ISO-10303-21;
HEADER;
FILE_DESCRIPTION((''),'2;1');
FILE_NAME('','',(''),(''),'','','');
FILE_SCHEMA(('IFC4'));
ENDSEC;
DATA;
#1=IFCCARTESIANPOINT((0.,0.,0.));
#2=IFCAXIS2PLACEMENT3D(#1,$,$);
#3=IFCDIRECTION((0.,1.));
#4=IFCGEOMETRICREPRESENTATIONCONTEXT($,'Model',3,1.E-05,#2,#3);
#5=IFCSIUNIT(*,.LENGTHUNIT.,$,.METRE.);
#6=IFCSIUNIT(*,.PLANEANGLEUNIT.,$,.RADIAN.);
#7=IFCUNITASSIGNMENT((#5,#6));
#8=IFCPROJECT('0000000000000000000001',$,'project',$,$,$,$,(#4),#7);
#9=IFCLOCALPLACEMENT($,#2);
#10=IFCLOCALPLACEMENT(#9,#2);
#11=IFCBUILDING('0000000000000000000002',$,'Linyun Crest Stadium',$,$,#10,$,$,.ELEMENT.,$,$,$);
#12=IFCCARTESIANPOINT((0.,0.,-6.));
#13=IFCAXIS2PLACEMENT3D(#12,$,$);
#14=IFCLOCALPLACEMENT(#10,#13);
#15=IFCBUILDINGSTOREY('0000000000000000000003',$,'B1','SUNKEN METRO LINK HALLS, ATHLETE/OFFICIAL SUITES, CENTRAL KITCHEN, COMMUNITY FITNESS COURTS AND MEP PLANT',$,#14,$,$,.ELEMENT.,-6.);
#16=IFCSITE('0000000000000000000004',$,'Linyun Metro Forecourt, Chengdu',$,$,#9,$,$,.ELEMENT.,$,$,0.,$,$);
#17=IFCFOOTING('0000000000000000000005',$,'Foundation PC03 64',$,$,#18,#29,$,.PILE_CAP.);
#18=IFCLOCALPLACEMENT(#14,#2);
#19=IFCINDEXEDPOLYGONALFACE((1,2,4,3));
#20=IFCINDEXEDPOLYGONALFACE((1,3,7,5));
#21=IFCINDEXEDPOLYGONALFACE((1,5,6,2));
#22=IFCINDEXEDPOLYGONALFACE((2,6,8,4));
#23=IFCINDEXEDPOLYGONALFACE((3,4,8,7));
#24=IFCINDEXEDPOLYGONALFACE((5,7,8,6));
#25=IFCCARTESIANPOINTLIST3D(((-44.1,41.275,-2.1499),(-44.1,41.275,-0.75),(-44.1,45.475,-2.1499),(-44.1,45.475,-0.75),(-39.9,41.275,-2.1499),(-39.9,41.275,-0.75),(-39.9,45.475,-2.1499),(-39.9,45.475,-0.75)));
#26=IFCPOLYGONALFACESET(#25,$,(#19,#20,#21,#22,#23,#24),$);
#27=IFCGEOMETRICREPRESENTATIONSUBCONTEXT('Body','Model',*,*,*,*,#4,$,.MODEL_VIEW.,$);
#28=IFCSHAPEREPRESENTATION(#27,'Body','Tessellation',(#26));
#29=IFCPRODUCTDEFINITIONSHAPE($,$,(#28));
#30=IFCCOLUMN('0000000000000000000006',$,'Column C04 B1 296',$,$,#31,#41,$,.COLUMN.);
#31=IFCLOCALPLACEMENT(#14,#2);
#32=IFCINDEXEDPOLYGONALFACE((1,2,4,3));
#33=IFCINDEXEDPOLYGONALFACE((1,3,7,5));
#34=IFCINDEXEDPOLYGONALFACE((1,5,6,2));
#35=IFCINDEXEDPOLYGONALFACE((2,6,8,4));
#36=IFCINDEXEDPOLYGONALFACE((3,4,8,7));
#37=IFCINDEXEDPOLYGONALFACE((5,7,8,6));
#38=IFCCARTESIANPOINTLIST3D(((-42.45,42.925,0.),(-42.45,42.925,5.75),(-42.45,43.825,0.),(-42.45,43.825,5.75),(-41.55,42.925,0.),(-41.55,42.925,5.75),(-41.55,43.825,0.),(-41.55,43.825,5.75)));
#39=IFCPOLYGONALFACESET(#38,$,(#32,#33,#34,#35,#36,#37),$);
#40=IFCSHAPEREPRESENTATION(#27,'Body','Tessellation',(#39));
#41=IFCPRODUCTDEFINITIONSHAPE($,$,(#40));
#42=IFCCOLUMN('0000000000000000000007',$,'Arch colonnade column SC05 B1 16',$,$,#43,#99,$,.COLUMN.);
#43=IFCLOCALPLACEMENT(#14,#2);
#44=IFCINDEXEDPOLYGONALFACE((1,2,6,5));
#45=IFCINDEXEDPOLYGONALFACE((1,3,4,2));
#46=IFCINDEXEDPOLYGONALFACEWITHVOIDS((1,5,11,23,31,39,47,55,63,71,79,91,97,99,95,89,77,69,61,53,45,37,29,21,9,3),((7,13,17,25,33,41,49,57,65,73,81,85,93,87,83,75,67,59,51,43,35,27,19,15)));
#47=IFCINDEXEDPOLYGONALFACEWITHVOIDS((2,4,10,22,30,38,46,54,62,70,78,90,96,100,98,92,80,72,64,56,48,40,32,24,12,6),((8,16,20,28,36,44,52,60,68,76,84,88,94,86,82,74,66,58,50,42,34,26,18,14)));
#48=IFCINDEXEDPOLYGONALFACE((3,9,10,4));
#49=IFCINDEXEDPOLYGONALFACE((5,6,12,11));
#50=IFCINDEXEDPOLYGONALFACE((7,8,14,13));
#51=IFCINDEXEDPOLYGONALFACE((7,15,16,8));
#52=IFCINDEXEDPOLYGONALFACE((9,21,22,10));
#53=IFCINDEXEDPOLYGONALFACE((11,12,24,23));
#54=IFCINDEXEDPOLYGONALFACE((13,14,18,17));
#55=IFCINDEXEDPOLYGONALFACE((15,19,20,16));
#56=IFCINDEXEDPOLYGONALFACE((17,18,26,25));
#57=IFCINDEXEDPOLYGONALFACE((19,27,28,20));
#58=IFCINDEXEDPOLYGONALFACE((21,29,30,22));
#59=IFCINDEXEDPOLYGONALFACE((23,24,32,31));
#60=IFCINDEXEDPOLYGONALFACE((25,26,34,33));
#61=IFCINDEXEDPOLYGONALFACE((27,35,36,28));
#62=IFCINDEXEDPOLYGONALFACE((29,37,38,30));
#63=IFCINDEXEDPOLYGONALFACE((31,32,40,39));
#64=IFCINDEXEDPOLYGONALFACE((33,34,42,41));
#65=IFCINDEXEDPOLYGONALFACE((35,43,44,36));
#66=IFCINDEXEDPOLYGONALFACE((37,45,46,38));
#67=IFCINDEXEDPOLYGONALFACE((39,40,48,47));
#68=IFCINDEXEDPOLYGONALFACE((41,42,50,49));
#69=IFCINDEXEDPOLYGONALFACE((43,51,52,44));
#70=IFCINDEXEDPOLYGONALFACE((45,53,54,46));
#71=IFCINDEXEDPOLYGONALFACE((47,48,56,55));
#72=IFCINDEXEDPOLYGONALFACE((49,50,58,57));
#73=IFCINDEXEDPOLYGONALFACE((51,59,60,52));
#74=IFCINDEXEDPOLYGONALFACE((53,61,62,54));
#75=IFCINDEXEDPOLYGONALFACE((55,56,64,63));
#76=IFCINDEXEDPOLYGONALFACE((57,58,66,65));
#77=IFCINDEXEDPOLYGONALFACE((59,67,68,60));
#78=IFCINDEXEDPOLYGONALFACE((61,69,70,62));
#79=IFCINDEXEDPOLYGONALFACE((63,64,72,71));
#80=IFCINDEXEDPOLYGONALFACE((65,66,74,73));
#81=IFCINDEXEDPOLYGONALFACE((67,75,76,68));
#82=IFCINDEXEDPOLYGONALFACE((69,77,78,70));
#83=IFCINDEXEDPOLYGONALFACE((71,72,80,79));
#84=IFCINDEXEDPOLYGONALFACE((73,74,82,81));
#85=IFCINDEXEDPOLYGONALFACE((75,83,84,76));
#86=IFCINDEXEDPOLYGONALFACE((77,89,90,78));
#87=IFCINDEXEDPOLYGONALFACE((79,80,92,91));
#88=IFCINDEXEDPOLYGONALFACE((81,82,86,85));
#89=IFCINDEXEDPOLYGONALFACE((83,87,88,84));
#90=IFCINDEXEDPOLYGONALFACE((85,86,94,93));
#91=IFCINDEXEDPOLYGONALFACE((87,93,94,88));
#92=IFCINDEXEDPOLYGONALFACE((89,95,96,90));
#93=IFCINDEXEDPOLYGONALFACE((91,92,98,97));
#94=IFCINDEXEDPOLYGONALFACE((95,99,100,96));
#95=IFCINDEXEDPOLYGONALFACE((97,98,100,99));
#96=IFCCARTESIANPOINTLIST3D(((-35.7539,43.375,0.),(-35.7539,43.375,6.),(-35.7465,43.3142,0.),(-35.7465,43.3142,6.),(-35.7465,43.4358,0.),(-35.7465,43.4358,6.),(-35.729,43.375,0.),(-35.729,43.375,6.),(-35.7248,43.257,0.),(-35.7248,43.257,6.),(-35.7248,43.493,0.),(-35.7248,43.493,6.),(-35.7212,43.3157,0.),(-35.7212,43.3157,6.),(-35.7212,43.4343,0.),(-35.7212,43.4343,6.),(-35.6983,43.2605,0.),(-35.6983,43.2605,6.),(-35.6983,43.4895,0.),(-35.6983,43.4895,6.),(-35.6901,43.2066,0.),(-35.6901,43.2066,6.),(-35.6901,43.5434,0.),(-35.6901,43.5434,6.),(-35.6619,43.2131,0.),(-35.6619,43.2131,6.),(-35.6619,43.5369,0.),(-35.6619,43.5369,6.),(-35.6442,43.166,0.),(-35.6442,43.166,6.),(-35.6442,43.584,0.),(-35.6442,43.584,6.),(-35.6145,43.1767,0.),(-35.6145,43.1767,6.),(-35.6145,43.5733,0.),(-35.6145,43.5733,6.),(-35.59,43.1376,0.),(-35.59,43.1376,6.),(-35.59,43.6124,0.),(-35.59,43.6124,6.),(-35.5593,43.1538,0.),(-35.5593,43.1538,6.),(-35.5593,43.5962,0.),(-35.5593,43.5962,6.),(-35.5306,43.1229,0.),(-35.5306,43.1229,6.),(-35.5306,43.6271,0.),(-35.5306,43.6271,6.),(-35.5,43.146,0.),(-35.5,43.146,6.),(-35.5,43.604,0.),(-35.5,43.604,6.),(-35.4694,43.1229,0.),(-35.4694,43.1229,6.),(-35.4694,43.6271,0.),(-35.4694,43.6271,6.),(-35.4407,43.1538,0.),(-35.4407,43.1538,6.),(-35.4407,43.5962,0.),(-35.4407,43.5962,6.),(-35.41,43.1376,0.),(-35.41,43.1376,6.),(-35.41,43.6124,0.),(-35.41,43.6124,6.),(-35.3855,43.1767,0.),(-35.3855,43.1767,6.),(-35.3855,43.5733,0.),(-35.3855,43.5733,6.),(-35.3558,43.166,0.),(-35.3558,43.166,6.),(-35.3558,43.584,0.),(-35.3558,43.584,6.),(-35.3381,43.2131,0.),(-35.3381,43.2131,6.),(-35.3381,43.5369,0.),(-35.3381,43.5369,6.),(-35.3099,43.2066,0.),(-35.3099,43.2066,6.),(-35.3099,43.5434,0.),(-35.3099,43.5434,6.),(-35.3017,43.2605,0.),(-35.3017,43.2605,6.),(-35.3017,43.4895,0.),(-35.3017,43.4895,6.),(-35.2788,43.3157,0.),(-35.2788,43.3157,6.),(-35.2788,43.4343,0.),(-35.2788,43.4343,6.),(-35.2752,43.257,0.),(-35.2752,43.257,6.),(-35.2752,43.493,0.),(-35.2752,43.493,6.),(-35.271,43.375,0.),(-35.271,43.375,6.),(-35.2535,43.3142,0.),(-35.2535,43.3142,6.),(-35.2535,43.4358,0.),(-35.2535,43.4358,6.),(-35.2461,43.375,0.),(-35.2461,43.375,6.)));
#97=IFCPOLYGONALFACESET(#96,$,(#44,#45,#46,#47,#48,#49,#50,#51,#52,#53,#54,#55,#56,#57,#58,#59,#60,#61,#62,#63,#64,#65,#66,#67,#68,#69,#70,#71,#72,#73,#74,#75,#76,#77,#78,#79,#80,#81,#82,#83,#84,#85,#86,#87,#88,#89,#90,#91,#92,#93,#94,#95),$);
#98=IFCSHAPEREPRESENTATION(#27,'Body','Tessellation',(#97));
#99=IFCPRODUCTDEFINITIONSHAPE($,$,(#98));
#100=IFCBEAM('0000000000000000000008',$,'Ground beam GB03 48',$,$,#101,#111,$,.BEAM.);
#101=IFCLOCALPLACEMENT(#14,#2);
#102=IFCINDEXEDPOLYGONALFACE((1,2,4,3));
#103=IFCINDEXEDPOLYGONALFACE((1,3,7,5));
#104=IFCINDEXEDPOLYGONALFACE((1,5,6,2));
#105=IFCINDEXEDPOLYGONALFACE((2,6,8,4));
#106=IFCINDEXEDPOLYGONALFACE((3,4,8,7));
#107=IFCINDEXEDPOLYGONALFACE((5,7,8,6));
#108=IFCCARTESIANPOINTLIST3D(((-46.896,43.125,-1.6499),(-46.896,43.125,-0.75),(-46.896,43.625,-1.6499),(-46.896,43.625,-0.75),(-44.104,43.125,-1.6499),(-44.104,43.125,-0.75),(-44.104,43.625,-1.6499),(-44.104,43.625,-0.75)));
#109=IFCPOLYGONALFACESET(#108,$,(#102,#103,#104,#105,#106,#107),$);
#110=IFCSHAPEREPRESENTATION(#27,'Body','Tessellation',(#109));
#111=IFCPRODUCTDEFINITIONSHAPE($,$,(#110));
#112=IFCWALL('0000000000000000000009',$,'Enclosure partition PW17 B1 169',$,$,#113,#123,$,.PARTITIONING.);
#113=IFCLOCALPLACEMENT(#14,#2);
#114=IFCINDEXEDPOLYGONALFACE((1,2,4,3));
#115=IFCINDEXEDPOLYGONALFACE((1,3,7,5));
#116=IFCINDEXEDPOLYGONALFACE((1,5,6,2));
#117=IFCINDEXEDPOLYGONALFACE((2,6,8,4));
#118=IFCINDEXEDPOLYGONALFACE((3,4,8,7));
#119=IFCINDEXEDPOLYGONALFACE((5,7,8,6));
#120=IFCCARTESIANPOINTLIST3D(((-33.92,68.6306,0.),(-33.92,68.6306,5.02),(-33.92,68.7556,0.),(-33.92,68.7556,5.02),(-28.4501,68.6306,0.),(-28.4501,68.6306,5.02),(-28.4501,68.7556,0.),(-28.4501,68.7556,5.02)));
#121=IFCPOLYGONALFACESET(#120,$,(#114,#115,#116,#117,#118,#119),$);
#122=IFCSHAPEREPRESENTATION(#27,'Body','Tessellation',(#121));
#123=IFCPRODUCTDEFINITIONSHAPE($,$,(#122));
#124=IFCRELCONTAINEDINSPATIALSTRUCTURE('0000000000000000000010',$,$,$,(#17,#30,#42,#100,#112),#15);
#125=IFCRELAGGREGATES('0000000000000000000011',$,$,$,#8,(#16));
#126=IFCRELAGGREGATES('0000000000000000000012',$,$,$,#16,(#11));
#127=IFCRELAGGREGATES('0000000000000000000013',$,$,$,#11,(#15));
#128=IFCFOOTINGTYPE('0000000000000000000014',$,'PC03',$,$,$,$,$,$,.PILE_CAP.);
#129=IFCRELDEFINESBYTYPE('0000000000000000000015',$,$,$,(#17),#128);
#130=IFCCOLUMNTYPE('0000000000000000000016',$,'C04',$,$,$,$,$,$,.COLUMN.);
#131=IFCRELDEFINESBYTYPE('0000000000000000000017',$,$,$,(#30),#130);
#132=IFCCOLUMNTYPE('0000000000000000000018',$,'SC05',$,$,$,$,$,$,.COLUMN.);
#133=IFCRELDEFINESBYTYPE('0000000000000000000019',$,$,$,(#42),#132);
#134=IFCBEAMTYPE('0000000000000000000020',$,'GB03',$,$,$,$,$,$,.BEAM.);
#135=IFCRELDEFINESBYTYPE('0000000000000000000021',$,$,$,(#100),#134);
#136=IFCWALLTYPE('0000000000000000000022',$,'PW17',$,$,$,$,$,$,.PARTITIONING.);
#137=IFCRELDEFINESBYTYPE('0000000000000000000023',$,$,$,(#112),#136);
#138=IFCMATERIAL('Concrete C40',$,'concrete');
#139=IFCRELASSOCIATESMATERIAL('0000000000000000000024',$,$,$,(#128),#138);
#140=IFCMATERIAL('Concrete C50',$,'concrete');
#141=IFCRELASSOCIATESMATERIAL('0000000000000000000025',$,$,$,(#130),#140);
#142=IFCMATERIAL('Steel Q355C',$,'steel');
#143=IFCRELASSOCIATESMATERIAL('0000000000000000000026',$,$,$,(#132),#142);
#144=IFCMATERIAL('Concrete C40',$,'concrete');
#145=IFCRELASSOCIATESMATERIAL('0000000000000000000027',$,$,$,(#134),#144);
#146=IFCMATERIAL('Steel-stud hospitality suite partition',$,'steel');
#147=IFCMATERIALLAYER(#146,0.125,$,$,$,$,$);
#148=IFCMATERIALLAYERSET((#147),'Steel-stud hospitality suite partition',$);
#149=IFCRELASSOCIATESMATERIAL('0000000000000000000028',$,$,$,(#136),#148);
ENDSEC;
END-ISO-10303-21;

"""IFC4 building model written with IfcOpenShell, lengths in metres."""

from ifc_helpers import new_model, si_unit, direction, frame, frame_2d, origin, origin_2d, place, context, subcontext, project, spatial, rectangle, hollow_circle, extrude, material, layer, layer_set, material_profile, profile_set, type_object, element, save


model = new_model("IFC4")

# Units and contexts
model_context = context("Model", 3, precision=1e-05, world=origin(), true_north=direction((0.0, 1.0)))
body_context = subcontext(model_context, "Body", "Model", "MODEL_VIEW")
ifc_project = project(units=[si_unit("LENGTHUNIT", "METRE"), si_unit("PLANEANGLEUNIT", "RADIAN")], contexts=[model_context])

# Site, building, storey
site_placement = place(None, origin())
site = spatial("IfcSite", under=ifc_project, at=site_placement, Name="Linyun Metro Forecourt, Chengdu", CompositionType="ELEMENT", RefElevation=0.0)
building_placement = place(site_placement, origin())
building = spatial("IfcBuilding", under=site, at=building_placement, Name="Linyun Crest Stadium", CompositionType="ELEMENT")
storey_placement = place(building_placement, frame((0.0, 0.0, -6.0)))
storey = spatial("IfcBuildingStorey", under=building, at=storey_placement, Name="B1", Description="SUNKEN METRO LINK HALLS, ATHLETE/OFFICIAL SUITES, CENTRAL KITCHEN, COMMUNITY FITNESS COURTS AND MEP PLANT", CompositionType="ELEMENT", Elevation=-6.0)

# Footing
ifc_material_1 = material(Name="Concrete C40", Category="concrete")
footing_type_1 = type_object("IfcFootingType", Name="PC03", PredefinedType="PILE_CAP", material=ifc_material_1)
footing_1_placement = place(storey_placement, frame((-42.0, 43.375, -2.1499), z_axis=(0.0, 0.0, 1.0), x_axis=(1.0, 0.0, 0.0)))
element("IfcFooting", 1, at=footing_1_placement, inside=storey, type_object=footing_type_1, Name="Foundation PC03 64", PredefinedType="PILE_CAP", context=body_context, shape_type="SweptSolid", body=[
    extrude(rectangle(XDim=4.2, YDim=4.2, at=origin_2d()), origin(), (0.0, 0.0, 1.0), 1.3999),
])

# Columns
ifc_material_2 = material(Name="Concrete C50", Category="concrete")
ifc_material_profile_1 = material_profile(ifc_material_2, rectangle(XDim=0.8999, YDim=0.8999, at=origin_2d()), Name="RC 900x900")
ifc_profile_set_1 = profile_set([ifc_material_profile_1], Name="Concrete C50")
column_type_1 = type_object("IfcColumnType", Name="C04", PredefinedType="COLUMN", material=ifc_profile_set_1)
column_1_placement = place(storey_placement, frame((-42.0, 43.375, 0.0), z_axis=(0.0, 0.0, 1.0), x_axis=(1.0, 0.0, 0.0)))
element("IfcColumn", 2, at=column_1_placement, inside=storey, type_object=column_type_1, Name="Column C04 B1 296", PredefinedType="COLUMN", context=body_context, shape_type="SweptSolid", body=[
    extrude(rectangle(XDim=0.8999, YDim=0.8999, at=origin_2d()), origin(), (0.0, 0.0, 1.0), 5.75),
])
ifc_material_3 = material(Name="Steel Q355C", Category="steel")
ifc_material_profile_2 = material_profile(ifc_material_3, hollow_circle(Radius=0.2539, WallThickness=0.0249, at=origin_2d()), Name="CHS 508x25")
ifc_profile_set_2 = profile_set([ifc_material_profile_2], Name="Steel Q355C")
column_type_2 = type_object("IfcColumnType", Name="SC05", PredefinedType="COLUMN", material=ifc_profile_set_2)
column_2_placement = place(storey_placement, frame((-35.5, 43.375, 0.0), z_axis=(0.0, 0.0, 1.0), x_axis=(1.0, 0.0, 0.0)))
element("IfcColumn", 3, at=column_2_placement, inside=storey, type_object=column_type_2, Name="Arch colonnade column SC05 B1 16", PredefinedType="COLUMN", context=body_context, shape_type="SweptSolid", body=[
    extrude(hollow_circle(Radius=0.2539, WallThickness=0.0249, at=origin_2d()), origin(), (0.0, 0.0, 1.0), 6.0),
])

# Beam
ifc_material_4 = material(Name="Concrete C40", Category="concrete")
ifc_material_profile_3 = material_profile(ifc_material_4, rectangle(XDim=0.5, YDim=0.8999, at=origin_2d()), Name="RCB 900x500")
ifc_profile_set_3 = profile_set([ifc_material_profile_3], Name="Concrete C40")
beam_type = type_object("IfcBeamType", Name="GB03", PredefinedType="BEAM", material=ifc_profile_set_3)
beam_placement = place(storey_placement, frame((-46.896, 43.375, -1.2), z_axis=(1.0, 0.0, 0.0), x_axis=(0.0, 1.0, 0.0)))
element("IfcBeam", 4, at=beam_placement, inside=storey, type_object=beam_type, Name="Ground beam GB03 48", PredefinedType="BEAM", context=body_context, shape_type="SweptSolid", body=[
    extrude(rectangle(XDim=0.5, YDim=0.8999, at=origin_2d()), origin(), (0.0, 0.0, 1.0), 2.792),
])

# Wall
ifc_material_5 = material(Name="Steel-stud hospitality suite partition", Category="steel")
ifc_layer = layer(ifc_material_5, 0.125)
ifc_layer_set = layer_set([ifc_layer], Name="Steel-stud hospitality suite partition")
wall_type = type_object("IfcWallType", Name="PW17", PredefinedType="PARTITIONING", material=ifc_layer_set)
wall_placement = place(storey_placement, frame((-33.9199, 68.6931, 0.0), z_axis=(0.0, 0.0, 1.0), x_axis=(1.0, 0.0, 0.0)))
element("IfcWall", 5, at=wall_placement, inside=storey, type_object=wall_type, Name="Enclosure partition PW17 B1 169", PredefinedType="PARTITIONING", context=body_context, shape_type="SweptSolid", body=[
    extrude(rectangle(XDim=5.47, YDim=0.125, at=frame_2d((2.7349, 0.0))), origin(), (0.0, 0.0, 1.0), 5.02),
])

save(model, "model.ifc")
